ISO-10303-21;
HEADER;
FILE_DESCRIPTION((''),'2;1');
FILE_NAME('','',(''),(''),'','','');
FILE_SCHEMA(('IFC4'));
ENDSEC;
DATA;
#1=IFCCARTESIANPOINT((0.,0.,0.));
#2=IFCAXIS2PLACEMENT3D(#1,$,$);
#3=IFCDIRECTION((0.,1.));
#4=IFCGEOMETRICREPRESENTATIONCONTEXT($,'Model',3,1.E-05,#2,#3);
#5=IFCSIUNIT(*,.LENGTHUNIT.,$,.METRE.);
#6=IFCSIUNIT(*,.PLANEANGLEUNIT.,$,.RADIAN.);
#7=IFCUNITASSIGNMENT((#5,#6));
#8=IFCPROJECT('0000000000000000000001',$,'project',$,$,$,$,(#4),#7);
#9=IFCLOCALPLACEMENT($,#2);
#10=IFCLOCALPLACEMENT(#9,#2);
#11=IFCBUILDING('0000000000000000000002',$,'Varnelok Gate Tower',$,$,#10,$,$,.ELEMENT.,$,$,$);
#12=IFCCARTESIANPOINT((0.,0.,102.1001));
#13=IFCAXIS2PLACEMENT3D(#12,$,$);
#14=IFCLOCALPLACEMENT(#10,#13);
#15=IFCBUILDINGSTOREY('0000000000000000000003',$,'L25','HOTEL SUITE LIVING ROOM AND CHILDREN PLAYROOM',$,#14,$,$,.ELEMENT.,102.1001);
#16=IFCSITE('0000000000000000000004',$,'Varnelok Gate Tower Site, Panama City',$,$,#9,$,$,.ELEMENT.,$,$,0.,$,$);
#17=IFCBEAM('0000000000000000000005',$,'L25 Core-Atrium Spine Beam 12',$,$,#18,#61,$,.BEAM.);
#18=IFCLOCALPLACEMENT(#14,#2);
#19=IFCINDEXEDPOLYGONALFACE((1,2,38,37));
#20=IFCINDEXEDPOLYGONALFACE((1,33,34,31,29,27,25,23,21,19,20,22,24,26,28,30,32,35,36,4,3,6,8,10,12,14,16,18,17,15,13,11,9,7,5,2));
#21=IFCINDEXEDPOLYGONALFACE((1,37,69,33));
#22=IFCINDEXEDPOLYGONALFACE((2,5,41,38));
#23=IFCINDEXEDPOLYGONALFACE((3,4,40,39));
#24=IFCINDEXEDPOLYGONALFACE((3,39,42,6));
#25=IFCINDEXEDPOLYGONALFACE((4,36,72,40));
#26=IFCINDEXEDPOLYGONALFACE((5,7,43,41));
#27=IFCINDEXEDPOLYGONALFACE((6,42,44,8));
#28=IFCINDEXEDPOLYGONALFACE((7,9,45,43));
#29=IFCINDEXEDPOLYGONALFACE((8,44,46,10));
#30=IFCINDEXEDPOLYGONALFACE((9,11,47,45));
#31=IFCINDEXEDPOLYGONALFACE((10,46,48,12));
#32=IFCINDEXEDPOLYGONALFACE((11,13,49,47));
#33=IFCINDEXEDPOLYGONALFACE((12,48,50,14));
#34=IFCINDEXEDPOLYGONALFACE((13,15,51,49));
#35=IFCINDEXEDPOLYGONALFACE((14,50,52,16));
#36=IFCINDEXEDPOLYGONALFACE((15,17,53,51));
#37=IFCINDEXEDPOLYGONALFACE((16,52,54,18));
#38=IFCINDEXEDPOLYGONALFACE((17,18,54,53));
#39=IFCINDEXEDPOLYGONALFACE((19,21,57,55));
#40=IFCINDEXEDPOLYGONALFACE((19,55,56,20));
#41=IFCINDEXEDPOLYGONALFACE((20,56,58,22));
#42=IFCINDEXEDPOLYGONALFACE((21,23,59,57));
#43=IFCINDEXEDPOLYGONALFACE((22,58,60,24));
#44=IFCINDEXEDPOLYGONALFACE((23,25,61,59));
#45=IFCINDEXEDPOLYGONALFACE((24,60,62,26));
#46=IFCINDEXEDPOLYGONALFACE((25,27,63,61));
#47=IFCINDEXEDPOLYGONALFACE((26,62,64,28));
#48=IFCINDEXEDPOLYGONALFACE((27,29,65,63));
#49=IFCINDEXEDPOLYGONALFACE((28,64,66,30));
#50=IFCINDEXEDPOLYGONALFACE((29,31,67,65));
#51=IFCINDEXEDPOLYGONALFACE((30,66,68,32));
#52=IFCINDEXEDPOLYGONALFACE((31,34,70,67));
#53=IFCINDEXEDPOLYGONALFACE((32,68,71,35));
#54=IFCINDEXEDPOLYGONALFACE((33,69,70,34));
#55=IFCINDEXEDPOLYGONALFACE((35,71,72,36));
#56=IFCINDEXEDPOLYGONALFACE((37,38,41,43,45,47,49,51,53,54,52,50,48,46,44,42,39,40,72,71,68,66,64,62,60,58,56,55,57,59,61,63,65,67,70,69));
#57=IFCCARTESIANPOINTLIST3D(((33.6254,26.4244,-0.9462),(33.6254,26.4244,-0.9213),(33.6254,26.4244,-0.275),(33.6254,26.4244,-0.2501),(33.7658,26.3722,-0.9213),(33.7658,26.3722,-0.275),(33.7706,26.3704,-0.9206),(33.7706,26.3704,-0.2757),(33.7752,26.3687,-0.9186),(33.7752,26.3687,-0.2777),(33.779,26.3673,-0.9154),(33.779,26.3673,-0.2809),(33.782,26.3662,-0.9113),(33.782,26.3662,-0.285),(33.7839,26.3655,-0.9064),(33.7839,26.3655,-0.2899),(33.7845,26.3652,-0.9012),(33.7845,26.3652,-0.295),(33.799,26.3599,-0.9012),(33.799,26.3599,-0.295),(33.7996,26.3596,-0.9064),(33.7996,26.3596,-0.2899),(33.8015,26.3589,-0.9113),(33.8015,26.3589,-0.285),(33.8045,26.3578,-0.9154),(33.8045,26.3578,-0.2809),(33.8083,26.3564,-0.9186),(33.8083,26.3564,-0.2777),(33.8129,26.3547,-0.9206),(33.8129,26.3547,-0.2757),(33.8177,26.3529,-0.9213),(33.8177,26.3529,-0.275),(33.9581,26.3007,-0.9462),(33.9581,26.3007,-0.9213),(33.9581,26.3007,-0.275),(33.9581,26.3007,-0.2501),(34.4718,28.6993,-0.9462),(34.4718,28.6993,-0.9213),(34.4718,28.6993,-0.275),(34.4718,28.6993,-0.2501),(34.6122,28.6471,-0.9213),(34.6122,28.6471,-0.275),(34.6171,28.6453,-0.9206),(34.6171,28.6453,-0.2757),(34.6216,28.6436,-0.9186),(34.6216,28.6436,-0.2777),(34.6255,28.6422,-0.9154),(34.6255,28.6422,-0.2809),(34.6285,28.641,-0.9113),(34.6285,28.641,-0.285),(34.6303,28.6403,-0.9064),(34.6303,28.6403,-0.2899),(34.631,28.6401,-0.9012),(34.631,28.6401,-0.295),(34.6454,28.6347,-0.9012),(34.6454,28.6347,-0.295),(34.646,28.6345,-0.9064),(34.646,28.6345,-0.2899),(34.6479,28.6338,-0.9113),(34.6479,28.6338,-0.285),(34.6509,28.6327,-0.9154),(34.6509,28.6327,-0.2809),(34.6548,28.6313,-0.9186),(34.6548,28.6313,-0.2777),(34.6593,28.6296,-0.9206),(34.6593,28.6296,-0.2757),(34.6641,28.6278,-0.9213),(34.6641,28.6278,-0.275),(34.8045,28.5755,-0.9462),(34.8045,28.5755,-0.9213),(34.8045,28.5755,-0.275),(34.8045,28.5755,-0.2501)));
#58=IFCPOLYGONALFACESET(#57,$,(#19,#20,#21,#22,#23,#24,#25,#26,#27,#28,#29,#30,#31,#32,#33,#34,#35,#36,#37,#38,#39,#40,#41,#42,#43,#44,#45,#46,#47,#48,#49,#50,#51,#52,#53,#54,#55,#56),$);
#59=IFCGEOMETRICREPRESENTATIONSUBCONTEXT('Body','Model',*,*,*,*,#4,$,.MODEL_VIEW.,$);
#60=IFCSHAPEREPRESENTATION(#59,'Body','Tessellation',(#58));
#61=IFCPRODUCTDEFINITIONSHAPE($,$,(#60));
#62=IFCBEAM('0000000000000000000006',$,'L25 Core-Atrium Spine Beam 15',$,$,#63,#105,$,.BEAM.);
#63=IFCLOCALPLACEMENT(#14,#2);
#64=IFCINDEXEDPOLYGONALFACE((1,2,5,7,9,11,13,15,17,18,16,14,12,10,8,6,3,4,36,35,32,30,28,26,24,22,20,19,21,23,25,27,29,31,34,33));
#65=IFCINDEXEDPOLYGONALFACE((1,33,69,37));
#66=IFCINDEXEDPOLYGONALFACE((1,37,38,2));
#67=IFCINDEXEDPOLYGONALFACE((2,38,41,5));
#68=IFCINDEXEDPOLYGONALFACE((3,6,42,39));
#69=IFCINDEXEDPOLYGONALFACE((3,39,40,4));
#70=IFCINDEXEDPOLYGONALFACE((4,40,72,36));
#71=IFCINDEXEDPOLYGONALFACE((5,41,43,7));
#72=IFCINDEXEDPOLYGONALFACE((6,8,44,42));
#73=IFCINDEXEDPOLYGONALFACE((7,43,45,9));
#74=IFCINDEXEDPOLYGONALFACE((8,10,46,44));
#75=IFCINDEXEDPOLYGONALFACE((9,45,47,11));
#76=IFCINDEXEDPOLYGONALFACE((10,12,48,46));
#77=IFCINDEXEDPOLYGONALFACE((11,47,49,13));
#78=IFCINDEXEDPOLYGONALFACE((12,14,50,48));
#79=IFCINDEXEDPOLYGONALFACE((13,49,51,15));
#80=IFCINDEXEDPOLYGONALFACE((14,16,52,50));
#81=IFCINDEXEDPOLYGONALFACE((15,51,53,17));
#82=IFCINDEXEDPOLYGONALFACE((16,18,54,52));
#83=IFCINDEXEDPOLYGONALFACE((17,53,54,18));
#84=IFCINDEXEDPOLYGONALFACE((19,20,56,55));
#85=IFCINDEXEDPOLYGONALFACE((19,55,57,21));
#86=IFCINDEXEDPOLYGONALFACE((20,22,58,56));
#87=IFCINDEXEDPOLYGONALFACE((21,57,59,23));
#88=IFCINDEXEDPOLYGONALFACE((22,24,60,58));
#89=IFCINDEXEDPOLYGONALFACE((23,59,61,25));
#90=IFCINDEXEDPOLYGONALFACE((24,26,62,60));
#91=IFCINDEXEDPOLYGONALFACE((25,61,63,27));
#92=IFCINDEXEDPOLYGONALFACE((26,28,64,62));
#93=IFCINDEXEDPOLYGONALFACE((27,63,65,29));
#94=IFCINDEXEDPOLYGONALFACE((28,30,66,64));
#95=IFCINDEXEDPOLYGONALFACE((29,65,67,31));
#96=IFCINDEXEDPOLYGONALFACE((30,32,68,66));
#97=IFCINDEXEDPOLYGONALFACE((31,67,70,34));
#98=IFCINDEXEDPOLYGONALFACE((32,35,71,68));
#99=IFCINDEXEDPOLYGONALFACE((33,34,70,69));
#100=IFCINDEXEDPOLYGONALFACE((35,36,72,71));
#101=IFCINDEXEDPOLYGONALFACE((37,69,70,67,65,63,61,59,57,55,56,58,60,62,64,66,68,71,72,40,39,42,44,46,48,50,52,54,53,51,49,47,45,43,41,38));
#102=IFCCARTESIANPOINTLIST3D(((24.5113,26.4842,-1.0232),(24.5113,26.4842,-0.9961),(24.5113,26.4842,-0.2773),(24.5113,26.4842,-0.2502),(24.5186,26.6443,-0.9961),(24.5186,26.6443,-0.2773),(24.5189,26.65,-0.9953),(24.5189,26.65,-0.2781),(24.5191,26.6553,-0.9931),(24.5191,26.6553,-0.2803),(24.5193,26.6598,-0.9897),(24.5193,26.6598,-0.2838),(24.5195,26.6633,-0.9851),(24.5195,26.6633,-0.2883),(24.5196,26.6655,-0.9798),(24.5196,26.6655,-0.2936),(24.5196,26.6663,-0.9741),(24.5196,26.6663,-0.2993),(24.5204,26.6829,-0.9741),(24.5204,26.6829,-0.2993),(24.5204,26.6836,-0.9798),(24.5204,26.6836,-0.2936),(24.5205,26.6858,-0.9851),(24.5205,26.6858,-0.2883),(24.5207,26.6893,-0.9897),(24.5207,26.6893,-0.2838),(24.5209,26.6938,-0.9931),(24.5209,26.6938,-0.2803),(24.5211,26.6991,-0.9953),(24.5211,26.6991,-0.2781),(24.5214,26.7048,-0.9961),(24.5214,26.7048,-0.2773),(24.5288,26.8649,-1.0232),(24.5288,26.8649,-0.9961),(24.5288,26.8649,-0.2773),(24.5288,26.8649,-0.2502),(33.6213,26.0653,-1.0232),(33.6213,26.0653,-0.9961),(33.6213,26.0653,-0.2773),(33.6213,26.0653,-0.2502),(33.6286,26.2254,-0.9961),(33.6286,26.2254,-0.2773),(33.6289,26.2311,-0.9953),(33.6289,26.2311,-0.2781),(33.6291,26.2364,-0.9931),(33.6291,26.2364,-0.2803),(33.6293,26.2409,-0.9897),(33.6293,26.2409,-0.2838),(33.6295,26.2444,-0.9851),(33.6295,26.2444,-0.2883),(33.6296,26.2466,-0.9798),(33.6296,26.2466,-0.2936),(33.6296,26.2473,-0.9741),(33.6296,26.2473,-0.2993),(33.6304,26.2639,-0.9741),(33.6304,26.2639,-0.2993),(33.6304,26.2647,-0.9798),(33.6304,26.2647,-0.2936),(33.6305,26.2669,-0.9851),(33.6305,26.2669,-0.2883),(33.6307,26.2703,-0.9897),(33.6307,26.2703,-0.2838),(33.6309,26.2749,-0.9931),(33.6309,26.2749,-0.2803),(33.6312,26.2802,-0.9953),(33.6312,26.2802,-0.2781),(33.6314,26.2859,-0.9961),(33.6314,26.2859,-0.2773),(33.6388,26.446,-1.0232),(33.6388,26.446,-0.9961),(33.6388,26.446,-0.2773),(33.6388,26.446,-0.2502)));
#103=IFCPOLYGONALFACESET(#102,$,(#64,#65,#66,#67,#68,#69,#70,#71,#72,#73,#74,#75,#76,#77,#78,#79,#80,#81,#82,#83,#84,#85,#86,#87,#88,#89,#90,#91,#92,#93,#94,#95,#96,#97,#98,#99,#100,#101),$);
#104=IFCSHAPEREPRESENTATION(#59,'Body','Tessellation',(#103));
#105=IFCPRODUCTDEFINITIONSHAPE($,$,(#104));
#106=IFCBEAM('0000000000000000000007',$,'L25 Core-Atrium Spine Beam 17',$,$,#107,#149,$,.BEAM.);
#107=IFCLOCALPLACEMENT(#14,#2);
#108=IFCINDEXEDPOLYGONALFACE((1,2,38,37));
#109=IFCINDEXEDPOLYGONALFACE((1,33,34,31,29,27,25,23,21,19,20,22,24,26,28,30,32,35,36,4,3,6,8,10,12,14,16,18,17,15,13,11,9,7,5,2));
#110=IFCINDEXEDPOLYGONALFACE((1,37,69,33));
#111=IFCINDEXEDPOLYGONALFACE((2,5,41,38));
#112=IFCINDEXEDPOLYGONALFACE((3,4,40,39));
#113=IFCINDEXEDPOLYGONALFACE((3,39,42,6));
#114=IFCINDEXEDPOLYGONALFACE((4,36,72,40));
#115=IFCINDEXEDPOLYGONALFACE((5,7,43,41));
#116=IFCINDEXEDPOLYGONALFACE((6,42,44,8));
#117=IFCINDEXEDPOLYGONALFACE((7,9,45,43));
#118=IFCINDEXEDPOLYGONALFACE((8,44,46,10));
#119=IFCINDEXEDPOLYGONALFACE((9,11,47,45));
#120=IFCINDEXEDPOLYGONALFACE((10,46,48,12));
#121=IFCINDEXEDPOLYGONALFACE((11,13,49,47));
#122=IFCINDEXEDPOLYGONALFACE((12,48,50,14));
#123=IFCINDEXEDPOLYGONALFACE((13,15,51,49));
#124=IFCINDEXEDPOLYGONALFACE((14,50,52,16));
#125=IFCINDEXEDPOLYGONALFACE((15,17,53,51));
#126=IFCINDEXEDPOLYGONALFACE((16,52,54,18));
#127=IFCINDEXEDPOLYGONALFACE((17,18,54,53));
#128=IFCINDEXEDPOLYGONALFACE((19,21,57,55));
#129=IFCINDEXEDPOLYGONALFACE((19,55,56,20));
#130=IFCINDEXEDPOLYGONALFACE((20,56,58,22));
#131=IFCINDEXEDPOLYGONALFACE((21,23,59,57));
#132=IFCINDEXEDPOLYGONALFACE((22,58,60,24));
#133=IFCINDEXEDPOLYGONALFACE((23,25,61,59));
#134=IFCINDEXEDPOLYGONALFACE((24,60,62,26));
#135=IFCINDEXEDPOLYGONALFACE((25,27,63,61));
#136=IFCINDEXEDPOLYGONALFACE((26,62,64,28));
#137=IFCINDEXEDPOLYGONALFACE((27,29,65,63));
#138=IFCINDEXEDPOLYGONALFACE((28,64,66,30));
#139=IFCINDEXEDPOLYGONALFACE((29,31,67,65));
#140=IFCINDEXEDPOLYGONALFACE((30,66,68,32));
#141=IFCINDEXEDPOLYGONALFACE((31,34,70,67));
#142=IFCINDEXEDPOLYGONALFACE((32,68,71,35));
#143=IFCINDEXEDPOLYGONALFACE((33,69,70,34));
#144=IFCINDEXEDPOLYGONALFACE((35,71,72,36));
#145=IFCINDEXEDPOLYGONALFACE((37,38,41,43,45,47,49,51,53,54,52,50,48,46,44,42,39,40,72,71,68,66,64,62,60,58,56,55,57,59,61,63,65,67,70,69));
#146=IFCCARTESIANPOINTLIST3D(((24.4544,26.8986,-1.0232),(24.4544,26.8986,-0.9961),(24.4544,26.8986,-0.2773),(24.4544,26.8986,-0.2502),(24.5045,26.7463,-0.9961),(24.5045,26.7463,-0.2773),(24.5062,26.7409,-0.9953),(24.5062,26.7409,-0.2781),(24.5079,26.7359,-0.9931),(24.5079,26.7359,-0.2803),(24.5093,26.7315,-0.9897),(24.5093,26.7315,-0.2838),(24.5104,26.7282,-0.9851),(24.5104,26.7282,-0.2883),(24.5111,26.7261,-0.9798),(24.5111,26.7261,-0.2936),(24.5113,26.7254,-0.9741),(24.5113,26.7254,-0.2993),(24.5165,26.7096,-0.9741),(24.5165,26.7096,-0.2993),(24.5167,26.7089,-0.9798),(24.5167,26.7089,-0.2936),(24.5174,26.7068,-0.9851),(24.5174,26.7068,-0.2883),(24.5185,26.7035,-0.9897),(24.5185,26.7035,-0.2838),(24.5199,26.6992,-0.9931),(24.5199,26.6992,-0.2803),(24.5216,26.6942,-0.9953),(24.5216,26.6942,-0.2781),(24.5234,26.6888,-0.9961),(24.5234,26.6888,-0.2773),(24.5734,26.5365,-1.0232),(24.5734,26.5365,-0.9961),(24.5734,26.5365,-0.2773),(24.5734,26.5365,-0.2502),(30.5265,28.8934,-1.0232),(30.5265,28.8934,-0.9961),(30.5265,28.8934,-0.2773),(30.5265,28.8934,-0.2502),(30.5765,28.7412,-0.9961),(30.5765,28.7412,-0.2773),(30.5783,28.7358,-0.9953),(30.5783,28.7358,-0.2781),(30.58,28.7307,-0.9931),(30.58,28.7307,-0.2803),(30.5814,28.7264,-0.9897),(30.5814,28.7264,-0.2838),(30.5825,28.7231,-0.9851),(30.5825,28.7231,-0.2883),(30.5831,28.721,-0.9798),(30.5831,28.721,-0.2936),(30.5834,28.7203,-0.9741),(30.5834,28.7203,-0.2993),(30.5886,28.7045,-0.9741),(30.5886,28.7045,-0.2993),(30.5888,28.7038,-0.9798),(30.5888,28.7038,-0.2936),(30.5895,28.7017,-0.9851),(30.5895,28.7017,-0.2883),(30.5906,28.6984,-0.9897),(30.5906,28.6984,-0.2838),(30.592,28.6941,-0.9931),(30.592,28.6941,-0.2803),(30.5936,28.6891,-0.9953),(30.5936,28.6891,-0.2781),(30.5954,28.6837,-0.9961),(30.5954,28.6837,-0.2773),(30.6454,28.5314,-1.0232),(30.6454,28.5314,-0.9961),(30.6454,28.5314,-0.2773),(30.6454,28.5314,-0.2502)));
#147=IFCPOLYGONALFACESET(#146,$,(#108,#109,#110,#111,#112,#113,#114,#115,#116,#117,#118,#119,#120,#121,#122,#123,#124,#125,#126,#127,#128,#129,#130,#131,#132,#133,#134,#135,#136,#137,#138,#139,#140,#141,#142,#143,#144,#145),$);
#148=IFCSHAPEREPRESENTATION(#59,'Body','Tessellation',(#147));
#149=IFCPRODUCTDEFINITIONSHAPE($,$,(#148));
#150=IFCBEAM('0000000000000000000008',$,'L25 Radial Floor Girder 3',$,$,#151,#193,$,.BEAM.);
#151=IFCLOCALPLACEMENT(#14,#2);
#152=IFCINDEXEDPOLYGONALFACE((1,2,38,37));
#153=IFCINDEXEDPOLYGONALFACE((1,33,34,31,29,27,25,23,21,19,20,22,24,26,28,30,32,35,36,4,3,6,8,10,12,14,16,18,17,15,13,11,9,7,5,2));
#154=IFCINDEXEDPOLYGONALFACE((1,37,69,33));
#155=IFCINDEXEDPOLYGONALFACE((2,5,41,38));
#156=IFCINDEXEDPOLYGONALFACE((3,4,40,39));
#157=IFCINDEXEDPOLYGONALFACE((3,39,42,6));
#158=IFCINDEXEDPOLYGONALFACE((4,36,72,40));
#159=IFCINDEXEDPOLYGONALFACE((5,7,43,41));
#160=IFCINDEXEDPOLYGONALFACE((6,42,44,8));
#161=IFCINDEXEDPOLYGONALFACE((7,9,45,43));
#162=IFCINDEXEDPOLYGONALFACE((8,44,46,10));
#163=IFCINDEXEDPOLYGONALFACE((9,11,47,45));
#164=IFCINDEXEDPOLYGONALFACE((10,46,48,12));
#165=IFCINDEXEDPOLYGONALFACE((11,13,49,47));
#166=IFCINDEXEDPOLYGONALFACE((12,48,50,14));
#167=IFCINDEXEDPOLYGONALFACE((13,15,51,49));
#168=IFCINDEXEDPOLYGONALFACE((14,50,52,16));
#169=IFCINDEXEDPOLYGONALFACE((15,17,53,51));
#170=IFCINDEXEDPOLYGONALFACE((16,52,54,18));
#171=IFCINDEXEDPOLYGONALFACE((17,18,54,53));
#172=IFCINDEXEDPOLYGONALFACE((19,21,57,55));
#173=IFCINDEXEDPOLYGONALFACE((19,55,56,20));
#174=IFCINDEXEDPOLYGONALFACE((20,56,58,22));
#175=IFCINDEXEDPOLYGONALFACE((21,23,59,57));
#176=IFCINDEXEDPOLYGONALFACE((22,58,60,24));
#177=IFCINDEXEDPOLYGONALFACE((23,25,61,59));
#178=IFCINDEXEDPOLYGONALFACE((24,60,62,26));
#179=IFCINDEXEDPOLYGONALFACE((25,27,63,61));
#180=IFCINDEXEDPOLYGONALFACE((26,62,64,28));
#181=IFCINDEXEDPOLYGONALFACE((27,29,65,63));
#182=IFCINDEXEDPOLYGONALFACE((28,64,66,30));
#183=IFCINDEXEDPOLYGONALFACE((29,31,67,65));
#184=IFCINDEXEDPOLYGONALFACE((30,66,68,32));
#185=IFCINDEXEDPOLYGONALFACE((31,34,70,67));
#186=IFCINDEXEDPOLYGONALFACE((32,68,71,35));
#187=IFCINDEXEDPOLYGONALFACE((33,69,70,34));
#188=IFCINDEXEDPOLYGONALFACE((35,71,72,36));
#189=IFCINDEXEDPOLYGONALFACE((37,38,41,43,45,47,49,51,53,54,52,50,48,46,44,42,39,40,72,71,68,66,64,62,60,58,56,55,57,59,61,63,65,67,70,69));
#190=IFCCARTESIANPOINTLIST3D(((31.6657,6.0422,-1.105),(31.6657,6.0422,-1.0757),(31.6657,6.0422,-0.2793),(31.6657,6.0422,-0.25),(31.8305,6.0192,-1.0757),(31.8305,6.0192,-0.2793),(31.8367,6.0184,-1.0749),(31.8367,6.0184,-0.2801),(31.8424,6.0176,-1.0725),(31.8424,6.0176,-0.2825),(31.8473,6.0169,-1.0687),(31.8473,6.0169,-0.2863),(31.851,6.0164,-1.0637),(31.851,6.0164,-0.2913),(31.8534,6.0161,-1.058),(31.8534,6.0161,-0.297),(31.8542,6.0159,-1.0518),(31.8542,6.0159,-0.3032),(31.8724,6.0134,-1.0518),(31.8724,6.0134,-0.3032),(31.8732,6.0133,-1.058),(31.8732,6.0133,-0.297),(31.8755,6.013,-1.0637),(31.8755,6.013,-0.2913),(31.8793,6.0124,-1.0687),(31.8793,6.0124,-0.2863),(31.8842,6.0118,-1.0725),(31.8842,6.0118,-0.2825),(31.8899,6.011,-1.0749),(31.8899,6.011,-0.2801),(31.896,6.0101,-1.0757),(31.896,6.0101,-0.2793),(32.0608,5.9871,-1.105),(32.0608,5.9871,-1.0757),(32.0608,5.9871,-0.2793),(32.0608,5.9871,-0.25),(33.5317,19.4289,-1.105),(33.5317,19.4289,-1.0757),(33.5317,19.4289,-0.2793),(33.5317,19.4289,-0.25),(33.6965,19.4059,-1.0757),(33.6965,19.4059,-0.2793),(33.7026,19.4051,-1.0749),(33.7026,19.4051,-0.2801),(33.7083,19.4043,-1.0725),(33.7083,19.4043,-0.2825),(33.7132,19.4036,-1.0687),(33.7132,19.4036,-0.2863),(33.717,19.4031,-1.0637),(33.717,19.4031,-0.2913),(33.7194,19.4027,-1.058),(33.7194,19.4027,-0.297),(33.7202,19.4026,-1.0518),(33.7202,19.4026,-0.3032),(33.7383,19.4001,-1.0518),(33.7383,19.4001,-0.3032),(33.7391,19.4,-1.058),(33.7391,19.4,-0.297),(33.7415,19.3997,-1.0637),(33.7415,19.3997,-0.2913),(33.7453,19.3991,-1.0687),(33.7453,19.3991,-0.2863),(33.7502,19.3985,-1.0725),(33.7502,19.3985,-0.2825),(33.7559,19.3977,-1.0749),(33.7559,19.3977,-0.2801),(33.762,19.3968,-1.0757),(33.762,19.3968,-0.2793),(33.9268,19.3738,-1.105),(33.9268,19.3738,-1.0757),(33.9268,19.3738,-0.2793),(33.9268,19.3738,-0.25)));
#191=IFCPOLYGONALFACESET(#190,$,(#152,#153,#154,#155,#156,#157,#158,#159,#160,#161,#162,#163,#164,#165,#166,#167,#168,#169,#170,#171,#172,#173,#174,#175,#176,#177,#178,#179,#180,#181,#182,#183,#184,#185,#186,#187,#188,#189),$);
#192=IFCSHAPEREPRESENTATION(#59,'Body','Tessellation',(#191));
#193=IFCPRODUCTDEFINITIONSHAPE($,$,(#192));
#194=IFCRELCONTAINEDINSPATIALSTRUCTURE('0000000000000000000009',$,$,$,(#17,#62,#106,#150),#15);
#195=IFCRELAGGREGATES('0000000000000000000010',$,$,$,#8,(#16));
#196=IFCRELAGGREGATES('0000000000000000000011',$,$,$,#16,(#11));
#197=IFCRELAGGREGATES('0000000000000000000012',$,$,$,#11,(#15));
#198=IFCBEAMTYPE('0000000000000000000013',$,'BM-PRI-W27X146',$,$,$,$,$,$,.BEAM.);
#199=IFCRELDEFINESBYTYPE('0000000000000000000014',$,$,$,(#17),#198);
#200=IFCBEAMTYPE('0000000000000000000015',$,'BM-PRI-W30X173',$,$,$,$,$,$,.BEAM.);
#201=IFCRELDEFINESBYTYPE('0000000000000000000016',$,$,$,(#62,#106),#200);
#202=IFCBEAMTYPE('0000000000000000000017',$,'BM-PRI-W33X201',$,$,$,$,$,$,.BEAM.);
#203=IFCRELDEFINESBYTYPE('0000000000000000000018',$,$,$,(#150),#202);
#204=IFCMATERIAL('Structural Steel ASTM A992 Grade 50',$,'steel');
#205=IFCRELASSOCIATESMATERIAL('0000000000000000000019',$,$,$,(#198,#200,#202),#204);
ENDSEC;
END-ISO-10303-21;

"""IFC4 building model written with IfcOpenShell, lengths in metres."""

from ifc_helpers import new_model, si_unit, direction, frame, origin, origin_2d, place, context, subcontext, project, spatial, i_section, extrude, material, material_profile, profile_set, type_object, element, save


model = new_model("IFC4")

# Units and contexts
model_context = context("Model", 3, precision=1e-05, world=origin(), true_north=direction((0.0, 1.0)))
body_context = subcontext(model_context, "Body", "Model", "MODEL_VIEW")
ifc_project = project(units=[si_unit("LENGTHUNIT", "METRE"), si_unit("PLANEANGLEUNIT", "RADIAN")], contexts=[model_context])

# Site, building, storey
site_placement = place(None, origin())
site = spatial("IfcSite", under=ifc_project, at=site_placement, Name="Varnelok Gate Tower Site, Panama City", CompositionType="ELEMENT", RefElevation=0.0)
building_placement = place(site_placement, origin())
building = spatial("IfcBuilding", under=site, at=building_placement, Name="Varnelok Gate Tower", CompositionType="ELEMENT")
storey_placement = place(building_placement, frame((0.0, 0.0, 102.1001)))
storey = spatial("IfcBuildingStorey", under=building, at=storey_placement, Name="L25", Description="HOTEL SUITE LIVING ROOM AND CHILDREN PLAYROOM", CompositionType="ELEMENT", Elevation=102.1001)

# Shared definitions
ifc_material_1 = material(Name="Structural Steel ASTM A992 Grade 50", Category="steel")

# Beams
ifc_material_profile_1 = material_profile(ifc_material_1, i_section(OverallWidth=0.355, OverallDepth=0.696, WebThickness=0.0154, FlangeThickness=0.0249, FilletRadius=0.02, at=origin_2d()), Name="W27X146")
ifc_profile_set_1 = profile_set([ifc_material_profile_1], Name="Structural Steel ASTM A992 Grade 50")
beam_type_1 = type_object("IfcBeamType", Name="BM-PRI-W27X146", PredefinedType="BEAM", material=ifc_profile_set_1)
beam_1_placement = place(storey_placement, frame((33.7917, 26.3625, -0.5981), z_axis=(0.348719, 0.937227, 0.0), x_axis=(-0.937227, 0.348719, 0.0)))
element("IfcBeam", 1, at=beam_1_placement, inside=storey, type_object=beam_type_1, Name="L25 Core-Atrium Spine Beam 12", PredefinedType="BEAM", context=body_context, shape_type="SweptSolid", body=[
    extrude(i_section(OverallWidth=0.355, OverallDepth=0.696, WebThickness=0.0154, FlangeThickness=0.0249, FilletRadius=0.02, at=origin_2d()), origin(), (0.0, 0.0, 1.0), 2.4272),
])
ifc_material_profile_2 = material_profile(ifc_material_1, i_section(OverallWidth=0.3811, OverallDepth=0.7729, WebThickness=0.0166, FlangeThickness=0.0271, FilletRadius=0.022, at=origin_2d()), Name="W30X173")
ifc_profile_set_2 = profile_set([ifc_material_profile_2], Name="Structural Steel ASTM A992 Grade 50")
beam_type_2 = type_object("IfcBeamType", Name="BM-PRI-W30X173", PredefinedType="BEAM", material=ifc_profile_set_2)
beam_2_placement = place(storey_placement, frame((24.52, 26.6746, -0.6367), z_axis=(0.998944, -0.045938, 0.0), x_axis=(0.045938, 0.998944, 0.0)))
element("IfcBeam", 2, at=beam_2_placement, inside=storey, type_object=beam_type_2, Name="L25 Core-Atrium Spine Beam 15", PredefinedType="BEAM", context=body_context, shape_type="SweptSolid", body=[
    extrude(i_section(OverallWidth=0.3811, OverallDepth=0.7729, WebThickness=0.0166, FlangeThickness=0.0271, FilletRadius=0.022, at=origin_2d()), origin(), (0.0, 0.0, 1.0), 9.1196),
])
beam_3_placement = place(storey_placement, frame((24.5139, 26.7175, -0.6367), z_axis=(0.950042, 0.312122, 0.0), x_axis=(-0.312122, 0.950042, 0.0)))
element("IfcBeam", 3, at=beam_3_placement, inside=storey, type_object=beam_type_2, Name="L25 Core-Atrium Spine Beam 17", PredefinedType="BEAM", context=body_context, shape_type="SweptSolid", body=[
    extrude(i_section(OverallWidth=0.3811, OverallDepth=0.7729, WebThickness=0.0166, FlangeThickness=0.0271, FilletRadius=0.022, at=origin_2d()), origin(), (0.0, 0.0, 1.0), 6.3914),
])
ifc_material_profile_3 = material_profile(ifc_material_1, i_section(OverallWidth=0.3989, OverallDepth=0.855, WebThickness=0.0183, FlangeThickness=0.0293, FilletRadius=0.0239, at=origin_2d()), Name="W33X201")
ifc_profile_set_3 = profile_set([ifc_material_profile_3], Name="Structural Steel ASTM A992 Grade 50")
beam_type_3 = type_object("IfcBeamType", Name="BM-PRI-W33X201", PredefinedType="BEAM", material=ifc_profile_set_3)
beam_4_placement = place(storey_placement, frame((33.7292, 19.4014, -0.6775), z_axis=(-0.138055, -0.990425, 0.0), x_axis=(0.990425, -0.138055, 0.0)))
element("IfcBeam", 4, at=beam_4_placement, inside=storey, type_object=beam_type_3, Name="L25 Radial Floor Girder 3", PredefinedType="BEAM", context=body_context, shape_type="SweptSolid", body=[
    extrude(i_section(OverallWidth=0.3989, OverallDepth=0.855, WebThickness=0.0183, FlangeThickness=0.0293, FilletRadius=0.0239, at=origin_2d()), origin(), (0.0, 0.0, 1.0), 13.5161),
])

save(model, "model.ifc")
